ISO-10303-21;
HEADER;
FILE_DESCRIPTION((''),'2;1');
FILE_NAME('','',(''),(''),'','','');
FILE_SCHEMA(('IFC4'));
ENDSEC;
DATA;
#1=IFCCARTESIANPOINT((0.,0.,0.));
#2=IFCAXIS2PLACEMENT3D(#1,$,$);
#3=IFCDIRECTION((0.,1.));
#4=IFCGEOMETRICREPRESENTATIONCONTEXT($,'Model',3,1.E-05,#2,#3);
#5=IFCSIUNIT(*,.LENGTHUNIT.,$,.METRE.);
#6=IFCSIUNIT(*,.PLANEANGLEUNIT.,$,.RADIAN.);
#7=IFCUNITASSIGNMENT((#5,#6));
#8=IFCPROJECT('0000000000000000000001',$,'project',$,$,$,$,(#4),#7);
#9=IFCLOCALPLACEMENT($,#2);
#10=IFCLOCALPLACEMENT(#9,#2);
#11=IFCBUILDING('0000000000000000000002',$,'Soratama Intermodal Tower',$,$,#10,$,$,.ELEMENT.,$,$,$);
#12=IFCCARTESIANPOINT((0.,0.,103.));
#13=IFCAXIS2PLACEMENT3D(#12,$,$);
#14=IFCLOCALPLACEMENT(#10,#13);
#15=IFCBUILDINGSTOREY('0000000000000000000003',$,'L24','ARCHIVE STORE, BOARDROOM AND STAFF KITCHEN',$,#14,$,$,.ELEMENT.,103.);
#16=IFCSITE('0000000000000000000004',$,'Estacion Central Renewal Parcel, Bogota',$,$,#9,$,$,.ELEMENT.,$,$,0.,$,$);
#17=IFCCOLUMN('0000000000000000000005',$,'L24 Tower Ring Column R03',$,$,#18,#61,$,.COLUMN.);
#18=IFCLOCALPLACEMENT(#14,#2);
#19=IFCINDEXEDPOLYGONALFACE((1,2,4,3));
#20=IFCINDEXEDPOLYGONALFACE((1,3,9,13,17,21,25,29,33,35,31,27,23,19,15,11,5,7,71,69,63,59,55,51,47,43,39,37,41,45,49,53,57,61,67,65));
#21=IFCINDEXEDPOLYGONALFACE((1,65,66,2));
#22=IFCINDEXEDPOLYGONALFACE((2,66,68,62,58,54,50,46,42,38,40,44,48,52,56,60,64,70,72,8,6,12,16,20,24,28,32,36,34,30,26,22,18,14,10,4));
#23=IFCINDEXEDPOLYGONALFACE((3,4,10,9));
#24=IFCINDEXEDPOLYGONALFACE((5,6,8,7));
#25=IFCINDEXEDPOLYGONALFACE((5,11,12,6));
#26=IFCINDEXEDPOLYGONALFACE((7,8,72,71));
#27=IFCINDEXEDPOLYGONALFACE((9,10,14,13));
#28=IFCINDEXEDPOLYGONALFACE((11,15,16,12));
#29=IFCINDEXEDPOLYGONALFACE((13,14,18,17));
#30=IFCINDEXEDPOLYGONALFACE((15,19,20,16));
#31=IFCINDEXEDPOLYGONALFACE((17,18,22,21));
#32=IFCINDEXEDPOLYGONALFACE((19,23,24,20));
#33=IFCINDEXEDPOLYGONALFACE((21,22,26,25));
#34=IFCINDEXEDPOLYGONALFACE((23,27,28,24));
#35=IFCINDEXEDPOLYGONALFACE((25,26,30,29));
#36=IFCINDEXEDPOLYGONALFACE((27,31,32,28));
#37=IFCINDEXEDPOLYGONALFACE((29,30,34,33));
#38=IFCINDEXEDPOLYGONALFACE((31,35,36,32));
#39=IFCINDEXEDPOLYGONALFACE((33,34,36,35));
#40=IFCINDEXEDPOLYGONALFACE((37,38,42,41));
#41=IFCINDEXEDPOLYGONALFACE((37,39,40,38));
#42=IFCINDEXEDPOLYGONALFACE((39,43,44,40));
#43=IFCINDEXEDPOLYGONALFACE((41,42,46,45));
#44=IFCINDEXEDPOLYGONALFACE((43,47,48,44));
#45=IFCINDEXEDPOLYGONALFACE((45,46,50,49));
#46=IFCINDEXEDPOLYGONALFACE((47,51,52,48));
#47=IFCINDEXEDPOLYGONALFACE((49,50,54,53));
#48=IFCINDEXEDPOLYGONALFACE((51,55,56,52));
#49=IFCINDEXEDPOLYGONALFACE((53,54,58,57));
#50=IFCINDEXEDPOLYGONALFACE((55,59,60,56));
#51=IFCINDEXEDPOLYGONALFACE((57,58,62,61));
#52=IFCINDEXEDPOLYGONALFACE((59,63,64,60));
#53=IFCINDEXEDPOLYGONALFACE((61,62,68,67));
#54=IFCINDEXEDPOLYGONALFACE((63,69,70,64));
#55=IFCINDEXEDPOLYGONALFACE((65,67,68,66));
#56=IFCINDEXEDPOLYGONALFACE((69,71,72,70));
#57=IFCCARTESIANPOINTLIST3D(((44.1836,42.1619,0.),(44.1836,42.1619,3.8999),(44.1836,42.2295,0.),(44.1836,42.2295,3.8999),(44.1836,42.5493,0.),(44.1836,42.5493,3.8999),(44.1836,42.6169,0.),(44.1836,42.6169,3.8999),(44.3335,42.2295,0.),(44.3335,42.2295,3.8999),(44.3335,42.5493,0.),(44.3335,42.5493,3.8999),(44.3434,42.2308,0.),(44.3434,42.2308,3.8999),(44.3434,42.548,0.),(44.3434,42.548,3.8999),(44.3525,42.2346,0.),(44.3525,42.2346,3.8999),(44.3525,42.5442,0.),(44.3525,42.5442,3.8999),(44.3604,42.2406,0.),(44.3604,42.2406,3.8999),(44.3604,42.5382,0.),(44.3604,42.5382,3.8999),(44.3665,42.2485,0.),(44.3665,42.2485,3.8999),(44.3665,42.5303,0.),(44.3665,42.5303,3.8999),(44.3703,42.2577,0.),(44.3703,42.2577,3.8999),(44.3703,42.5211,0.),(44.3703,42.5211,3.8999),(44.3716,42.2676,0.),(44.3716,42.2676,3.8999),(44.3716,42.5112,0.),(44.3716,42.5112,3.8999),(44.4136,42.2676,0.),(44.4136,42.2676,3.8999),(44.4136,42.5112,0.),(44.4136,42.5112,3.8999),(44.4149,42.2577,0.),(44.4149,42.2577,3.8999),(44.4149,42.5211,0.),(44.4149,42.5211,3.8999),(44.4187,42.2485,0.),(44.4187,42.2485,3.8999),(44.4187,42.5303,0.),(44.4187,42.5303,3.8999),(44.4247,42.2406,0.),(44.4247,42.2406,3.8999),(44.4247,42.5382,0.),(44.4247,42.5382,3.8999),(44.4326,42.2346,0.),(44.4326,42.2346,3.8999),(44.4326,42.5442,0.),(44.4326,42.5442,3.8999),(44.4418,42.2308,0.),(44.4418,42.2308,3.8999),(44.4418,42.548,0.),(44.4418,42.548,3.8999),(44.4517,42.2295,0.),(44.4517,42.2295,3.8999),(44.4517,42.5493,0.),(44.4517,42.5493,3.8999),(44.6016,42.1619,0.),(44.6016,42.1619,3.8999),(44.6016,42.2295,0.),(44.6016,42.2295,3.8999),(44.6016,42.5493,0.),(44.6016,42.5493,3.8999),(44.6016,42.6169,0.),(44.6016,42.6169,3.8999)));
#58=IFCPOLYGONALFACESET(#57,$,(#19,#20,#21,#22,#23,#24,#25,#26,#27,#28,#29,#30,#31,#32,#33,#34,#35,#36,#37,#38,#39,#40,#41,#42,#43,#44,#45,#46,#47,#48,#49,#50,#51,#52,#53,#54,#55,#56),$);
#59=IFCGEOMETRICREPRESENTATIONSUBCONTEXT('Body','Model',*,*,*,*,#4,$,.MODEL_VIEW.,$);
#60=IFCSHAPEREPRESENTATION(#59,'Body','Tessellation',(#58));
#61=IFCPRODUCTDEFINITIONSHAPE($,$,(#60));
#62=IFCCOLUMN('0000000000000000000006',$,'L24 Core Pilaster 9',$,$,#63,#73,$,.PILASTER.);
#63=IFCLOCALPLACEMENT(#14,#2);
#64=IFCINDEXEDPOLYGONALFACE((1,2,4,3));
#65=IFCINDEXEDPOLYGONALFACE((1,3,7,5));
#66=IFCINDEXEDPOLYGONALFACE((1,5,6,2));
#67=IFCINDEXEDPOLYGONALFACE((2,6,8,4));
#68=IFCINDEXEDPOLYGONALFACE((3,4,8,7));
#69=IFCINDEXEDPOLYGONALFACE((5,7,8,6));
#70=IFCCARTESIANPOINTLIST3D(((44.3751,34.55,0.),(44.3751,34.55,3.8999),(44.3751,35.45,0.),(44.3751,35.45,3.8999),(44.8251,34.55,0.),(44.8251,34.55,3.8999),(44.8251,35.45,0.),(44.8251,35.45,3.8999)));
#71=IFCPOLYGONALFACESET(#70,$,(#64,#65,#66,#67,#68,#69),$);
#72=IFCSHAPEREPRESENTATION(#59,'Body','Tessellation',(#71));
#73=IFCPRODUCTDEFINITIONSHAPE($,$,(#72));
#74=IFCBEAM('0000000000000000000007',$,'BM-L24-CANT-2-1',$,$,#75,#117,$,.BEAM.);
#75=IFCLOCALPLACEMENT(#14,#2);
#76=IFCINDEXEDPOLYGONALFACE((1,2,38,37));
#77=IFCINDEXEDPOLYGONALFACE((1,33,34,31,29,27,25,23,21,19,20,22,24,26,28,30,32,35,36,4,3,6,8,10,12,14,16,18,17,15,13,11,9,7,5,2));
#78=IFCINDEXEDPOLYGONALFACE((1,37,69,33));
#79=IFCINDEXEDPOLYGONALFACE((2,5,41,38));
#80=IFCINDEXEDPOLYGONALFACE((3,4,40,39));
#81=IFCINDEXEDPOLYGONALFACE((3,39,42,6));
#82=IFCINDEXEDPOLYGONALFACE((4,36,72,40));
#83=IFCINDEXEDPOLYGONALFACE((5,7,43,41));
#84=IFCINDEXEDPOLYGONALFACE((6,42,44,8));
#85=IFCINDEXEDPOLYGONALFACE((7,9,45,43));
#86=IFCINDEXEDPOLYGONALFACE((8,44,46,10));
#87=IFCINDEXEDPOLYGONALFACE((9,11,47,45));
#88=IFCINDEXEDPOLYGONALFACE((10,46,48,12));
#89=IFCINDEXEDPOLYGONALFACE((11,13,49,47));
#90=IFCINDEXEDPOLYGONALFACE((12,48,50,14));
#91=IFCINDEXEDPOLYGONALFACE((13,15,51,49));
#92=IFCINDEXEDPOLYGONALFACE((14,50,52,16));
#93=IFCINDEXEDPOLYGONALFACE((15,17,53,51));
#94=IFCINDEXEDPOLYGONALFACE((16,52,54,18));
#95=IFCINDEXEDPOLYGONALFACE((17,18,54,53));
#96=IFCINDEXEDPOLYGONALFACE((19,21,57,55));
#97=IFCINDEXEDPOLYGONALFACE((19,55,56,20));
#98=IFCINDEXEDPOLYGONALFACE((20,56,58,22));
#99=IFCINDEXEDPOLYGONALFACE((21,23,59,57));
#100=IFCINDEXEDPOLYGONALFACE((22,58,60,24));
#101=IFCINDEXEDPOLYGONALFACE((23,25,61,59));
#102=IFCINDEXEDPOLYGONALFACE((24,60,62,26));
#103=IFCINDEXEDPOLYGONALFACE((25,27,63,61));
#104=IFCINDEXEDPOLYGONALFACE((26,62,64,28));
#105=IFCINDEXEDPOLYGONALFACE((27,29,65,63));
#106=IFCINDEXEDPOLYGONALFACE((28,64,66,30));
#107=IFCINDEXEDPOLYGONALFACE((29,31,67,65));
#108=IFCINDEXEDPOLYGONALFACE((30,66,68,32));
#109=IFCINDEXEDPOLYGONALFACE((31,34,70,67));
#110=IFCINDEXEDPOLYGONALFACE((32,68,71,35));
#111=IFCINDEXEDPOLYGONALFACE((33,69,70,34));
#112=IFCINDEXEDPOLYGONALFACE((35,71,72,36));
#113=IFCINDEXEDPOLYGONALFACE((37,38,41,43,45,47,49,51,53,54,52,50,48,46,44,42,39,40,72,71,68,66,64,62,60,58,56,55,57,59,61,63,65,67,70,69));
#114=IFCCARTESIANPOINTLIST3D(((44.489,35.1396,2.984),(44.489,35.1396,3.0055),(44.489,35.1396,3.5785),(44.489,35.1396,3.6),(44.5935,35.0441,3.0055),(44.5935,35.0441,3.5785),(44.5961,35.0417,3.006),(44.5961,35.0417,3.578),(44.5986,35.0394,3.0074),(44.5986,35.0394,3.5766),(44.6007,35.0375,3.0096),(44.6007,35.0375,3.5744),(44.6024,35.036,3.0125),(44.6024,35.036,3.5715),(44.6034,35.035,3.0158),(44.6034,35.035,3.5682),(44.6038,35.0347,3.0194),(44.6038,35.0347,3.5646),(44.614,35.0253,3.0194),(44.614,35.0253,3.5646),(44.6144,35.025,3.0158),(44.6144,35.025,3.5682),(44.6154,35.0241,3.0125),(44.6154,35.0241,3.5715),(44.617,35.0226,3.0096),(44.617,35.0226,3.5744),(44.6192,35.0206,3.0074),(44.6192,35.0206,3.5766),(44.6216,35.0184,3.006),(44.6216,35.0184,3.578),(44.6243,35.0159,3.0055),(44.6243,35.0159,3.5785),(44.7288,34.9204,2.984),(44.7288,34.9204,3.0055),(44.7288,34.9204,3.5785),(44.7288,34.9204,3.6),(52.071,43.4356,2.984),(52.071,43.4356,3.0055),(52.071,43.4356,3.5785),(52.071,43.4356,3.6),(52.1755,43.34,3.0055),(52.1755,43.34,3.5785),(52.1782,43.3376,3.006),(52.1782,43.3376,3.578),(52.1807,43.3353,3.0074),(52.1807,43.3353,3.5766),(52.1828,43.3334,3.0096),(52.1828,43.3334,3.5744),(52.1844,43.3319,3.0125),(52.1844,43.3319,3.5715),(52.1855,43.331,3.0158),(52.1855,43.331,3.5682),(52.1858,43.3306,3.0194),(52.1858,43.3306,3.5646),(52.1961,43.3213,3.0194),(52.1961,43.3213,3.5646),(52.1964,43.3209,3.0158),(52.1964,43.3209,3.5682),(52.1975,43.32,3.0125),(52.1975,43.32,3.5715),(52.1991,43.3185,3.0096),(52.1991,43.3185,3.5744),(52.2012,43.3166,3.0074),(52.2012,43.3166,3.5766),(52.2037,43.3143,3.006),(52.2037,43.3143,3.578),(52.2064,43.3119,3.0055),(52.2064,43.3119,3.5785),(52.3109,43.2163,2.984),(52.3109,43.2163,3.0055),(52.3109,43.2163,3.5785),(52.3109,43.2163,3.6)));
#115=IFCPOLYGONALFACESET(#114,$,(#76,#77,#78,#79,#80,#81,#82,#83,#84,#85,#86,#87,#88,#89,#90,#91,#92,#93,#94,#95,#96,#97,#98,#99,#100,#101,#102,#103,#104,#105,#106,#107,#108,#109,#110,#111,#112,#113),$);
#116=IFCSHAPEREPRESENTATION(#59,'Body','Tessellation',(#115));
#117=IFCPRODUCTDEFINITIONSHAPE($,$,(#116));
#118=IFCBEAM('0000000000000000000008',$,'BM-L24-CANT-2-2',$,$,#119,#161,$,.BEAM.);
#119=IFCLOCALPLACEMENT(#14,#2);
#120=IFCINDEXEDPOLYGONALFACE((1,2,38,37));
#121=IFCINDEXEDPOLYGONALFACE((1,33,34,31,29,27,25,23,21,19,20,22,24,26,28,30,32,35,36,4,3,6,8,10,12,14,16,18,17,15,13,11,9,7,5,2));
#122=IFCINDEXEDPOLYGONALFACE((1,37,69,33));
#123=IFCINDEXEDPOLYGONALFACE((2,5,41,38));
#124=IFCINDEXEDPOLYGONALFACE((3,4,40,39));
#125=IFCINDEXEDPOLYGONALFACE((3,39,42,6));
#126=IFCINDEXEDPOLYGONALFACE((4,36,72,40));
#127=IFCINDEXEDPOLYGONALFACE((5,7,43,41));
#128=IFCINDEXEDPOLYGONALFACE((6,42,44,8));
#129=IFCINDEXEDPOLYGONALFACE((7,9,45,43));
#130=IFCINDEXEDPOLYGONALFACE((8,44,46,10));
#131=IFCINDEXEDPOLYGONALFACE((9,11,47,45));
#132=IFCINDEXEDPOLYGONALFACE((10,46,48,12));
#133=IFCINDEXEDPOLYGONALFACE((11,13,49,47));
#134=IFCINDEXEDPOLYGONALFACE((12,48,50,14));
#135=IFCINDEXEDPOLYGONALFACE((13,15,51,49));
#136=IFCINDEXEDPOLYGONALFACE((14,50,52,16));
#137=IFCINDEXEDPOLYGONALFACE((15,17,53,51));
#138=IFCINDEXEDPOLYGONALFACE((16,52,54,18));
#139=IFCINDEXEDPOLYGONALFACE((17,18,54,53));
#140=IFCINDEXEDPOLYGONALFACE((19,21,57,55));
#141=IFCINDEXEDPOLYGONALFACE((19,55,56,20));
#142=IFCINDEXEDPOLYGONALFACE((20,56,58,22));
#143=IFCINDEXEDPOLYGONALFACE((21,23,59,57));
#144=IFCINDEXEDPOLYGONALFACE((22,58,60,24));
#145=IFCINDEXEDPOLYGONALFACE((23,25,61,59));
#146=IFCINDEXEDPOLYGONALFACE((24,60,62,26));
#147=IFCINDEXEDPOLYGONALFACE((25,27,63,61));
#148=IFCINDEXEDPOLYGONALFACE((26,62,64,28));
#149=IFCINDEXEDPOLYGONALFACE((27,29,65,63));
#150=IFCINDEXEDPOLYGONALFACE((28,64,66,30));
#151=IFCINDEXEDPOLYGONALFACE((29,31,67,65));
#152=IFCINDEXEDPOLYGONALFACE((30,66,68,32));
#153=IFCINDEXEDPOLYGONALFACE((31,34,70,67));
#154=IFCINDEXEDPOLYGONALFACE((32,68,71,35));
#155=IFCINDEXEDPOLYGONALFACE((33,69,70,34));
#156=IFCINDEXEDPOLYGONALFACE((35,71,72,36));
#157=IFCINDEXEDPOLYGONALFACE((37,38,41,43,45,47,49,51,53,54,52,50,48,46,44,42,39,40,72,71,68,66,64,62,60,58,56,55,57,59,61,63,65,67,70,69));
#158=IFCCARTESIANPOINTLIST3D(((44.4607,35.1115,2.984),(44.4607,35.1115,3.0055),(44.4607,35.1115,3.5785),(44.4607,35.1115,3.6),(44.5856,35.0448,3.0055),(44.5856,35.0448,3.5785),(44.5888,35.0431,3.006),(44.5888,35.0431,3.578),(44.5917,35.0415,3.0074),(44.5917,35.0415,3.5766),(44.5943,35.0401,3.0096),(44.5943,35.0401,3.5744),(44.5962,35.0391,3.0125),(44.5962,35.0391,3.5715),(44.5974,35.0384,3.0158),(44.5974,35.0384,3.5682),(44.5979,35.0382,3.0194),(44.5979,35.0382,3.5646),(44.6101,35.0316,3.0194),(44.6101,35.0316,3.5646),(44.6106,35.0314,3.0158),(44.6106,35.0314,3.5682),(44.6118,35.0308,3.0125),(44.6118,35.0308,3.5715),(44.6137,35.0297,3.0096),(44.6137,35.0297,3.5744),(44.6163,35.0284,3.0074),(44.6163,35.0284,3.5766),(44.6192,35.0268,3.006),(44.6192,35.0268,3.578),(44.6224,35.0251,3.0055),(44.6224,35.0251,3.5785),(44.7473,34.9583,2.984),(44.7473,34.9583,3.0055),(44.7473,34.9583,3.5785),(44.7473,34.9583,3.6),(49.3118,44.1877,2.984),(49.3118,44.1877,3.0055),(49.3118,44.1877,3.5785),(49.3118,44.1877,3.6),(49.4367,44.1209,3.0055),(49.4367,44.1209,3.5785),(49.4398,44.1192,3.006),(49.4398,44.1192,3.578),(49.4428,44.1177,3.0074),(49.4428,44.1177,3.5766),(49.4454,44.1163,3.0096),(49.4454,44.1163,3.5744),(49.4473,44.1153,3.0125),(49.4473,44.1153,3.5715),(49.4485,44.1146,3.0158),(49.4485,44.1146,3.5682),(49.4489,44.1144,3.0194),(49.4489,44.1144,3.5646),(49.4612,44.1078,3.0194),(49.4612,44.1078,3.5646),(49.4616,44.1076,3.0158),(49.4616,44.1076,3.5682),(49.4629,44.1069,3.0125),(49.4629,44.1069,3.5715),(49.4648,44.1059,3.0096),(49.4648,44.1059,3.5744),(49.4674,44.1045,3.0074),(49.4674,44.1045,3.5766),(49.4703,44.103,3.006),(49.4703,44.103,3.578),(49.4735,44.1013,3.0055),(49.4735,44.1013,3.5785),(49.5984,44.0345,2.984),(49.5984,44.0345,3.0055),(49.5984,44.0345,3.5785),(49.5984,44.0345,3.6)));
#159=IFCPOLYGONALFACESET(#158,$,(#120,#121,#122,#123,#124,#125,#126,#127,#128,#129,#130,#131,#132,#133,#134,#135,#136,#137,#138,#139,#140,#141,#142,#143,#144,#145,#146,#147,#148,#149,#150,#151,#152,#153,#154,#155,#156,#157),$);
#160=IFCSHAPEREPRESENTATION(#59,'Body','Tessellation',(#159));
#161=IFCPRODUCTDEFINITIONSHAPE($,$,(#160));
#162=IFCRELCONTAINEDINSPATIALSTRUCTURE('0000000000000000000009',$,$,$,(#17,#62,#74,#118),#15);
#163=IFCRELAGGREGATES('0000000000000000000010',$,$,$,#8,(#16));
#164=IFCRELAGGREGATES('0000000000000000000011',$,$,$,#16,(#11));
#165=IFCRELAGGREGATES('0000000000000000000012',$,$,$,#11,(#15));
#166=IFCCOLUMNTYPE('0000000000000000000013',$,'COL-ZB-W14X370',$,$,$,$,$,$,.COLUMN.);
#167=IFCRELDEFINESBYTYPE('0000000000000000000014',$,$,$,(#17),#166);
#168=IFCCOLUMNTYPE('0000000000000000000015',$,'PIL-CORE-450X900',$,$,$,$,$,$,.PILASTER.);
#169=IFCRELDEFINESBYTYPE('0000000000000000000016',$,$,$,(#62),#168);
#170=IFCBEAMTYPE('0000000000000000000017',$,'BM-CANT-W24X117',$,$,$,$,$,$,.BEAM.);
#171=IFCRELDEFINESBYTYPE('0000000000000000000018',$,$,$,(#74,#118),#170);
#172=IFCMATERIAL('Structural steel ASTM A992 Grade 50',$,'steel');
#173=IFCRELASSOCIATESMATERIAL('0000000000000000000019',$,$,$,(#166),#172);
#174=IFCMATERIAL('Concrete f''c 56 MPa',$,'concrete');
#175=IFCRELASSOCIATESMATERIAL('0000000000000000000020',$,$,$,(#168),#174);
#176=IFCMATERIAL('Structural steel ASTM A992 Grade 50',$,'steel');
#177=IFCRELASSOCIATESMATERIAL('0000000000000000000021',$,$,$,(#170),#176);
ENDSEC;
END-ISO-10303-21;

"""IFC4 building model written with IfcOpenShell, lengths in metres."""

from ifc_helpers import new_model, si_unit, direction, frame, origin, origin_2d, place, context, subcontext, project, spatial, rectangle, i_section, extrude, material, material_profile, profile_set, type_object, element, save


model = new_model("IFC4")

# Units and contexts
model_context = context("Model", 3, precision=1e-05, world=origin(), true_north=direction((0.0, 1.0)))
body_context = subcontext(model_context, "Body", "Model", "MODEL_VIEW")
ifc_project = project(units=[si_unit("LENGTHUNIT", "METRE"), si_unit("PLANEANGLEUNIT", "RADIAN")], contexts=[model_context])

# Site, building, storey
site_placement = place(None, origin())
site = spatial("IfcSite", under=ifc_project, at=site_placement, Name="Estacion Central Renewal Parcel, Bogota", CompositionType="ELEMENT", RefElevation=0.0)
building_placement = place(site_placement, origin())
building = spatial("IfcBuilding", under=site, at=building_placement, Name="Soratama Intermodal Tower", CompositionType="ELEMENT")
storey_placement = place(building_placement, frame((0.0, 0.0, 103.0)))
storey = spatial("IfcBuildingStorey", under=building, at=storey_placement, Name="L24", Description="ARCHIVE STORE, BOARDROOM AND STAFF KITCHEN", CompositionType="ELEMENT", Elevation=103.0)

# Columns
ifc_material_1 = material(Name="Structural steel ASTM A992 Grade 50", Category="steel")
ifc_material_profile_1 = material_profile(ifc_material_1, i_section(OverallWidth=0.418, OverallDepth=0.4551, WebThickness=0.042, FlangeThickness=0.0676, FilletRadius=0.0381, at=origin_2d()), Name="W14X370")
ifc_profile_set_1 = profile_set([ifc_material_profile_1], Name="Structural steel ASTM A992 Grade 50")
column_type_1 = type_object("IfcColumnType", Name="COL-ZB-W14X370", PredefinedType="COLUMN", material=ifc_profile_set_1)
column_1_placement = place(storey_placement, frame((44.3926, 42.3894, 0.0), z_axis=(0.0, 0.0, 1.0), x_axis=(1.0, 0.0, 0.0)))
element("IfcColumn", 1, at=column_1_placement, inside=storey, type_object=column_type_1, Name="L24 Tower Ring Column R03", PredefinedType="COLUMN", context=body_context, shape_type="SweptSolid", body=[
    extrude(i_section(OverallWidth=0.418, OverallDepth=0.4551, WebThickness=0.042, FlangeThickness=0.0676, FilletRadius=0.0381, at=origin_2d()), origin(), (0.0, 0.0, 1.0), 3.8999),
])
ifc_material_2 = material(Name="Concrete f'c 56 MPa", Category="concrete")
ifc_material_profile_2 = material_profile(ifc_material_2, rectangle(XDim=0.45, YDim=0.8999, at=origin_2d()), Name="RC450X900")
ifc_profile_set_2 = profile_set([ifc_material_profile_2], Name="Concrete f'c 56 MPa")
column_type_2 = type_object("IfcColumnType", Name="PIL-CORE-450X900", PredefinedType="PILASTER", material=ifc_profile_set_2)
column_2_placement = place(storey_placement, frame((44.6001, 35.0, 0.0), z_axis=(0.0, 0.0, 1.0), x_axis=(1.0, 0.0, 0.0)))
element("IfcColumn", 2, at=column_2_placement, inside=storey, type_object=column_type_2, Name="L24 Core Pilaster 9", PredefinedType="PILASTER", context=body_context, shape_type="SweptSolid", body=[
    extrude(rectangle(XDim=0.45, YDim=0.8999, at=origin_2d()), origin(), (0.0, 0.0, 1.0), 3.8999),
])

# Beams
ifc_material_3 = material(Name="Structural steel ASTM A992 Grade 50", Category="steel")
ifc_material_profile_3 = material_profile(ifc_material_3, i_section(OverallWidth=0.325, OverallDepth=0.616, WebThickness=0.0139, FlangeThickness=0.0215, FilletRadius=0.0139, at=origin_2d()), Name="W24X117")
ifc_profile_set_3 = profile_set([ifc_material_profile_3], Name="Structural steel ASTM A992 Grade 50")
beam_type_1 = type_object("IfcBeamType", Name="BM-CANT-W24X117", PredefinedType="BEAM", material=ifc_profile_set_3)
beam_1_placement = place(storey_placement, frame((44.6089, 35.03, 3.292), z_axis=(0.674634, 0.738152, 0.0), x_axis=(-0.738152, 0.674634, 0.0)))
element("IfcBeam", 3, at=beam_1_placement, inside=storey, type_object=beam_type_1, Name="BM-L24-CANT-2-1", PredefinedType="BEAM", context=body_context, shape_type="SweptSolid", body=[
    extrude(i_section(OverallWidth=0.325, OverallDepth=0.616, WebThickness=0.0139, FlangeThickness=0.0215, FilletRadius=0.0139, at=origin_2d()), origin(), (0.0, 0.0, 1.0), 11.2388),
])
beam_2_placement = place(storey_placement, frame((44.604, 35.0349, 3.292), z_axis=(0.471379, 0.881931, 0.0), x_axis=(-0.881931, 0.471379, 0.0)))
element("IfcBeam", 4, at=beam_2_placement, inside=storey, type_object=beam_type_1, Name="BM-L24-CANT-2-2", PredefinedType="BEAM", context=body_context, shape_type="SweptSolid", body=[
    extrude(i_section(OverallWidth=0.325, OverallDepth=0.616, WebThickness=0.0139, FlangeThickness=0.0215, FilletRadius=0.0139, at=origin_2d()), origin(), (0.0, 0.0, 1.0), 10.2913),
])

save(model, "model.ifc")
